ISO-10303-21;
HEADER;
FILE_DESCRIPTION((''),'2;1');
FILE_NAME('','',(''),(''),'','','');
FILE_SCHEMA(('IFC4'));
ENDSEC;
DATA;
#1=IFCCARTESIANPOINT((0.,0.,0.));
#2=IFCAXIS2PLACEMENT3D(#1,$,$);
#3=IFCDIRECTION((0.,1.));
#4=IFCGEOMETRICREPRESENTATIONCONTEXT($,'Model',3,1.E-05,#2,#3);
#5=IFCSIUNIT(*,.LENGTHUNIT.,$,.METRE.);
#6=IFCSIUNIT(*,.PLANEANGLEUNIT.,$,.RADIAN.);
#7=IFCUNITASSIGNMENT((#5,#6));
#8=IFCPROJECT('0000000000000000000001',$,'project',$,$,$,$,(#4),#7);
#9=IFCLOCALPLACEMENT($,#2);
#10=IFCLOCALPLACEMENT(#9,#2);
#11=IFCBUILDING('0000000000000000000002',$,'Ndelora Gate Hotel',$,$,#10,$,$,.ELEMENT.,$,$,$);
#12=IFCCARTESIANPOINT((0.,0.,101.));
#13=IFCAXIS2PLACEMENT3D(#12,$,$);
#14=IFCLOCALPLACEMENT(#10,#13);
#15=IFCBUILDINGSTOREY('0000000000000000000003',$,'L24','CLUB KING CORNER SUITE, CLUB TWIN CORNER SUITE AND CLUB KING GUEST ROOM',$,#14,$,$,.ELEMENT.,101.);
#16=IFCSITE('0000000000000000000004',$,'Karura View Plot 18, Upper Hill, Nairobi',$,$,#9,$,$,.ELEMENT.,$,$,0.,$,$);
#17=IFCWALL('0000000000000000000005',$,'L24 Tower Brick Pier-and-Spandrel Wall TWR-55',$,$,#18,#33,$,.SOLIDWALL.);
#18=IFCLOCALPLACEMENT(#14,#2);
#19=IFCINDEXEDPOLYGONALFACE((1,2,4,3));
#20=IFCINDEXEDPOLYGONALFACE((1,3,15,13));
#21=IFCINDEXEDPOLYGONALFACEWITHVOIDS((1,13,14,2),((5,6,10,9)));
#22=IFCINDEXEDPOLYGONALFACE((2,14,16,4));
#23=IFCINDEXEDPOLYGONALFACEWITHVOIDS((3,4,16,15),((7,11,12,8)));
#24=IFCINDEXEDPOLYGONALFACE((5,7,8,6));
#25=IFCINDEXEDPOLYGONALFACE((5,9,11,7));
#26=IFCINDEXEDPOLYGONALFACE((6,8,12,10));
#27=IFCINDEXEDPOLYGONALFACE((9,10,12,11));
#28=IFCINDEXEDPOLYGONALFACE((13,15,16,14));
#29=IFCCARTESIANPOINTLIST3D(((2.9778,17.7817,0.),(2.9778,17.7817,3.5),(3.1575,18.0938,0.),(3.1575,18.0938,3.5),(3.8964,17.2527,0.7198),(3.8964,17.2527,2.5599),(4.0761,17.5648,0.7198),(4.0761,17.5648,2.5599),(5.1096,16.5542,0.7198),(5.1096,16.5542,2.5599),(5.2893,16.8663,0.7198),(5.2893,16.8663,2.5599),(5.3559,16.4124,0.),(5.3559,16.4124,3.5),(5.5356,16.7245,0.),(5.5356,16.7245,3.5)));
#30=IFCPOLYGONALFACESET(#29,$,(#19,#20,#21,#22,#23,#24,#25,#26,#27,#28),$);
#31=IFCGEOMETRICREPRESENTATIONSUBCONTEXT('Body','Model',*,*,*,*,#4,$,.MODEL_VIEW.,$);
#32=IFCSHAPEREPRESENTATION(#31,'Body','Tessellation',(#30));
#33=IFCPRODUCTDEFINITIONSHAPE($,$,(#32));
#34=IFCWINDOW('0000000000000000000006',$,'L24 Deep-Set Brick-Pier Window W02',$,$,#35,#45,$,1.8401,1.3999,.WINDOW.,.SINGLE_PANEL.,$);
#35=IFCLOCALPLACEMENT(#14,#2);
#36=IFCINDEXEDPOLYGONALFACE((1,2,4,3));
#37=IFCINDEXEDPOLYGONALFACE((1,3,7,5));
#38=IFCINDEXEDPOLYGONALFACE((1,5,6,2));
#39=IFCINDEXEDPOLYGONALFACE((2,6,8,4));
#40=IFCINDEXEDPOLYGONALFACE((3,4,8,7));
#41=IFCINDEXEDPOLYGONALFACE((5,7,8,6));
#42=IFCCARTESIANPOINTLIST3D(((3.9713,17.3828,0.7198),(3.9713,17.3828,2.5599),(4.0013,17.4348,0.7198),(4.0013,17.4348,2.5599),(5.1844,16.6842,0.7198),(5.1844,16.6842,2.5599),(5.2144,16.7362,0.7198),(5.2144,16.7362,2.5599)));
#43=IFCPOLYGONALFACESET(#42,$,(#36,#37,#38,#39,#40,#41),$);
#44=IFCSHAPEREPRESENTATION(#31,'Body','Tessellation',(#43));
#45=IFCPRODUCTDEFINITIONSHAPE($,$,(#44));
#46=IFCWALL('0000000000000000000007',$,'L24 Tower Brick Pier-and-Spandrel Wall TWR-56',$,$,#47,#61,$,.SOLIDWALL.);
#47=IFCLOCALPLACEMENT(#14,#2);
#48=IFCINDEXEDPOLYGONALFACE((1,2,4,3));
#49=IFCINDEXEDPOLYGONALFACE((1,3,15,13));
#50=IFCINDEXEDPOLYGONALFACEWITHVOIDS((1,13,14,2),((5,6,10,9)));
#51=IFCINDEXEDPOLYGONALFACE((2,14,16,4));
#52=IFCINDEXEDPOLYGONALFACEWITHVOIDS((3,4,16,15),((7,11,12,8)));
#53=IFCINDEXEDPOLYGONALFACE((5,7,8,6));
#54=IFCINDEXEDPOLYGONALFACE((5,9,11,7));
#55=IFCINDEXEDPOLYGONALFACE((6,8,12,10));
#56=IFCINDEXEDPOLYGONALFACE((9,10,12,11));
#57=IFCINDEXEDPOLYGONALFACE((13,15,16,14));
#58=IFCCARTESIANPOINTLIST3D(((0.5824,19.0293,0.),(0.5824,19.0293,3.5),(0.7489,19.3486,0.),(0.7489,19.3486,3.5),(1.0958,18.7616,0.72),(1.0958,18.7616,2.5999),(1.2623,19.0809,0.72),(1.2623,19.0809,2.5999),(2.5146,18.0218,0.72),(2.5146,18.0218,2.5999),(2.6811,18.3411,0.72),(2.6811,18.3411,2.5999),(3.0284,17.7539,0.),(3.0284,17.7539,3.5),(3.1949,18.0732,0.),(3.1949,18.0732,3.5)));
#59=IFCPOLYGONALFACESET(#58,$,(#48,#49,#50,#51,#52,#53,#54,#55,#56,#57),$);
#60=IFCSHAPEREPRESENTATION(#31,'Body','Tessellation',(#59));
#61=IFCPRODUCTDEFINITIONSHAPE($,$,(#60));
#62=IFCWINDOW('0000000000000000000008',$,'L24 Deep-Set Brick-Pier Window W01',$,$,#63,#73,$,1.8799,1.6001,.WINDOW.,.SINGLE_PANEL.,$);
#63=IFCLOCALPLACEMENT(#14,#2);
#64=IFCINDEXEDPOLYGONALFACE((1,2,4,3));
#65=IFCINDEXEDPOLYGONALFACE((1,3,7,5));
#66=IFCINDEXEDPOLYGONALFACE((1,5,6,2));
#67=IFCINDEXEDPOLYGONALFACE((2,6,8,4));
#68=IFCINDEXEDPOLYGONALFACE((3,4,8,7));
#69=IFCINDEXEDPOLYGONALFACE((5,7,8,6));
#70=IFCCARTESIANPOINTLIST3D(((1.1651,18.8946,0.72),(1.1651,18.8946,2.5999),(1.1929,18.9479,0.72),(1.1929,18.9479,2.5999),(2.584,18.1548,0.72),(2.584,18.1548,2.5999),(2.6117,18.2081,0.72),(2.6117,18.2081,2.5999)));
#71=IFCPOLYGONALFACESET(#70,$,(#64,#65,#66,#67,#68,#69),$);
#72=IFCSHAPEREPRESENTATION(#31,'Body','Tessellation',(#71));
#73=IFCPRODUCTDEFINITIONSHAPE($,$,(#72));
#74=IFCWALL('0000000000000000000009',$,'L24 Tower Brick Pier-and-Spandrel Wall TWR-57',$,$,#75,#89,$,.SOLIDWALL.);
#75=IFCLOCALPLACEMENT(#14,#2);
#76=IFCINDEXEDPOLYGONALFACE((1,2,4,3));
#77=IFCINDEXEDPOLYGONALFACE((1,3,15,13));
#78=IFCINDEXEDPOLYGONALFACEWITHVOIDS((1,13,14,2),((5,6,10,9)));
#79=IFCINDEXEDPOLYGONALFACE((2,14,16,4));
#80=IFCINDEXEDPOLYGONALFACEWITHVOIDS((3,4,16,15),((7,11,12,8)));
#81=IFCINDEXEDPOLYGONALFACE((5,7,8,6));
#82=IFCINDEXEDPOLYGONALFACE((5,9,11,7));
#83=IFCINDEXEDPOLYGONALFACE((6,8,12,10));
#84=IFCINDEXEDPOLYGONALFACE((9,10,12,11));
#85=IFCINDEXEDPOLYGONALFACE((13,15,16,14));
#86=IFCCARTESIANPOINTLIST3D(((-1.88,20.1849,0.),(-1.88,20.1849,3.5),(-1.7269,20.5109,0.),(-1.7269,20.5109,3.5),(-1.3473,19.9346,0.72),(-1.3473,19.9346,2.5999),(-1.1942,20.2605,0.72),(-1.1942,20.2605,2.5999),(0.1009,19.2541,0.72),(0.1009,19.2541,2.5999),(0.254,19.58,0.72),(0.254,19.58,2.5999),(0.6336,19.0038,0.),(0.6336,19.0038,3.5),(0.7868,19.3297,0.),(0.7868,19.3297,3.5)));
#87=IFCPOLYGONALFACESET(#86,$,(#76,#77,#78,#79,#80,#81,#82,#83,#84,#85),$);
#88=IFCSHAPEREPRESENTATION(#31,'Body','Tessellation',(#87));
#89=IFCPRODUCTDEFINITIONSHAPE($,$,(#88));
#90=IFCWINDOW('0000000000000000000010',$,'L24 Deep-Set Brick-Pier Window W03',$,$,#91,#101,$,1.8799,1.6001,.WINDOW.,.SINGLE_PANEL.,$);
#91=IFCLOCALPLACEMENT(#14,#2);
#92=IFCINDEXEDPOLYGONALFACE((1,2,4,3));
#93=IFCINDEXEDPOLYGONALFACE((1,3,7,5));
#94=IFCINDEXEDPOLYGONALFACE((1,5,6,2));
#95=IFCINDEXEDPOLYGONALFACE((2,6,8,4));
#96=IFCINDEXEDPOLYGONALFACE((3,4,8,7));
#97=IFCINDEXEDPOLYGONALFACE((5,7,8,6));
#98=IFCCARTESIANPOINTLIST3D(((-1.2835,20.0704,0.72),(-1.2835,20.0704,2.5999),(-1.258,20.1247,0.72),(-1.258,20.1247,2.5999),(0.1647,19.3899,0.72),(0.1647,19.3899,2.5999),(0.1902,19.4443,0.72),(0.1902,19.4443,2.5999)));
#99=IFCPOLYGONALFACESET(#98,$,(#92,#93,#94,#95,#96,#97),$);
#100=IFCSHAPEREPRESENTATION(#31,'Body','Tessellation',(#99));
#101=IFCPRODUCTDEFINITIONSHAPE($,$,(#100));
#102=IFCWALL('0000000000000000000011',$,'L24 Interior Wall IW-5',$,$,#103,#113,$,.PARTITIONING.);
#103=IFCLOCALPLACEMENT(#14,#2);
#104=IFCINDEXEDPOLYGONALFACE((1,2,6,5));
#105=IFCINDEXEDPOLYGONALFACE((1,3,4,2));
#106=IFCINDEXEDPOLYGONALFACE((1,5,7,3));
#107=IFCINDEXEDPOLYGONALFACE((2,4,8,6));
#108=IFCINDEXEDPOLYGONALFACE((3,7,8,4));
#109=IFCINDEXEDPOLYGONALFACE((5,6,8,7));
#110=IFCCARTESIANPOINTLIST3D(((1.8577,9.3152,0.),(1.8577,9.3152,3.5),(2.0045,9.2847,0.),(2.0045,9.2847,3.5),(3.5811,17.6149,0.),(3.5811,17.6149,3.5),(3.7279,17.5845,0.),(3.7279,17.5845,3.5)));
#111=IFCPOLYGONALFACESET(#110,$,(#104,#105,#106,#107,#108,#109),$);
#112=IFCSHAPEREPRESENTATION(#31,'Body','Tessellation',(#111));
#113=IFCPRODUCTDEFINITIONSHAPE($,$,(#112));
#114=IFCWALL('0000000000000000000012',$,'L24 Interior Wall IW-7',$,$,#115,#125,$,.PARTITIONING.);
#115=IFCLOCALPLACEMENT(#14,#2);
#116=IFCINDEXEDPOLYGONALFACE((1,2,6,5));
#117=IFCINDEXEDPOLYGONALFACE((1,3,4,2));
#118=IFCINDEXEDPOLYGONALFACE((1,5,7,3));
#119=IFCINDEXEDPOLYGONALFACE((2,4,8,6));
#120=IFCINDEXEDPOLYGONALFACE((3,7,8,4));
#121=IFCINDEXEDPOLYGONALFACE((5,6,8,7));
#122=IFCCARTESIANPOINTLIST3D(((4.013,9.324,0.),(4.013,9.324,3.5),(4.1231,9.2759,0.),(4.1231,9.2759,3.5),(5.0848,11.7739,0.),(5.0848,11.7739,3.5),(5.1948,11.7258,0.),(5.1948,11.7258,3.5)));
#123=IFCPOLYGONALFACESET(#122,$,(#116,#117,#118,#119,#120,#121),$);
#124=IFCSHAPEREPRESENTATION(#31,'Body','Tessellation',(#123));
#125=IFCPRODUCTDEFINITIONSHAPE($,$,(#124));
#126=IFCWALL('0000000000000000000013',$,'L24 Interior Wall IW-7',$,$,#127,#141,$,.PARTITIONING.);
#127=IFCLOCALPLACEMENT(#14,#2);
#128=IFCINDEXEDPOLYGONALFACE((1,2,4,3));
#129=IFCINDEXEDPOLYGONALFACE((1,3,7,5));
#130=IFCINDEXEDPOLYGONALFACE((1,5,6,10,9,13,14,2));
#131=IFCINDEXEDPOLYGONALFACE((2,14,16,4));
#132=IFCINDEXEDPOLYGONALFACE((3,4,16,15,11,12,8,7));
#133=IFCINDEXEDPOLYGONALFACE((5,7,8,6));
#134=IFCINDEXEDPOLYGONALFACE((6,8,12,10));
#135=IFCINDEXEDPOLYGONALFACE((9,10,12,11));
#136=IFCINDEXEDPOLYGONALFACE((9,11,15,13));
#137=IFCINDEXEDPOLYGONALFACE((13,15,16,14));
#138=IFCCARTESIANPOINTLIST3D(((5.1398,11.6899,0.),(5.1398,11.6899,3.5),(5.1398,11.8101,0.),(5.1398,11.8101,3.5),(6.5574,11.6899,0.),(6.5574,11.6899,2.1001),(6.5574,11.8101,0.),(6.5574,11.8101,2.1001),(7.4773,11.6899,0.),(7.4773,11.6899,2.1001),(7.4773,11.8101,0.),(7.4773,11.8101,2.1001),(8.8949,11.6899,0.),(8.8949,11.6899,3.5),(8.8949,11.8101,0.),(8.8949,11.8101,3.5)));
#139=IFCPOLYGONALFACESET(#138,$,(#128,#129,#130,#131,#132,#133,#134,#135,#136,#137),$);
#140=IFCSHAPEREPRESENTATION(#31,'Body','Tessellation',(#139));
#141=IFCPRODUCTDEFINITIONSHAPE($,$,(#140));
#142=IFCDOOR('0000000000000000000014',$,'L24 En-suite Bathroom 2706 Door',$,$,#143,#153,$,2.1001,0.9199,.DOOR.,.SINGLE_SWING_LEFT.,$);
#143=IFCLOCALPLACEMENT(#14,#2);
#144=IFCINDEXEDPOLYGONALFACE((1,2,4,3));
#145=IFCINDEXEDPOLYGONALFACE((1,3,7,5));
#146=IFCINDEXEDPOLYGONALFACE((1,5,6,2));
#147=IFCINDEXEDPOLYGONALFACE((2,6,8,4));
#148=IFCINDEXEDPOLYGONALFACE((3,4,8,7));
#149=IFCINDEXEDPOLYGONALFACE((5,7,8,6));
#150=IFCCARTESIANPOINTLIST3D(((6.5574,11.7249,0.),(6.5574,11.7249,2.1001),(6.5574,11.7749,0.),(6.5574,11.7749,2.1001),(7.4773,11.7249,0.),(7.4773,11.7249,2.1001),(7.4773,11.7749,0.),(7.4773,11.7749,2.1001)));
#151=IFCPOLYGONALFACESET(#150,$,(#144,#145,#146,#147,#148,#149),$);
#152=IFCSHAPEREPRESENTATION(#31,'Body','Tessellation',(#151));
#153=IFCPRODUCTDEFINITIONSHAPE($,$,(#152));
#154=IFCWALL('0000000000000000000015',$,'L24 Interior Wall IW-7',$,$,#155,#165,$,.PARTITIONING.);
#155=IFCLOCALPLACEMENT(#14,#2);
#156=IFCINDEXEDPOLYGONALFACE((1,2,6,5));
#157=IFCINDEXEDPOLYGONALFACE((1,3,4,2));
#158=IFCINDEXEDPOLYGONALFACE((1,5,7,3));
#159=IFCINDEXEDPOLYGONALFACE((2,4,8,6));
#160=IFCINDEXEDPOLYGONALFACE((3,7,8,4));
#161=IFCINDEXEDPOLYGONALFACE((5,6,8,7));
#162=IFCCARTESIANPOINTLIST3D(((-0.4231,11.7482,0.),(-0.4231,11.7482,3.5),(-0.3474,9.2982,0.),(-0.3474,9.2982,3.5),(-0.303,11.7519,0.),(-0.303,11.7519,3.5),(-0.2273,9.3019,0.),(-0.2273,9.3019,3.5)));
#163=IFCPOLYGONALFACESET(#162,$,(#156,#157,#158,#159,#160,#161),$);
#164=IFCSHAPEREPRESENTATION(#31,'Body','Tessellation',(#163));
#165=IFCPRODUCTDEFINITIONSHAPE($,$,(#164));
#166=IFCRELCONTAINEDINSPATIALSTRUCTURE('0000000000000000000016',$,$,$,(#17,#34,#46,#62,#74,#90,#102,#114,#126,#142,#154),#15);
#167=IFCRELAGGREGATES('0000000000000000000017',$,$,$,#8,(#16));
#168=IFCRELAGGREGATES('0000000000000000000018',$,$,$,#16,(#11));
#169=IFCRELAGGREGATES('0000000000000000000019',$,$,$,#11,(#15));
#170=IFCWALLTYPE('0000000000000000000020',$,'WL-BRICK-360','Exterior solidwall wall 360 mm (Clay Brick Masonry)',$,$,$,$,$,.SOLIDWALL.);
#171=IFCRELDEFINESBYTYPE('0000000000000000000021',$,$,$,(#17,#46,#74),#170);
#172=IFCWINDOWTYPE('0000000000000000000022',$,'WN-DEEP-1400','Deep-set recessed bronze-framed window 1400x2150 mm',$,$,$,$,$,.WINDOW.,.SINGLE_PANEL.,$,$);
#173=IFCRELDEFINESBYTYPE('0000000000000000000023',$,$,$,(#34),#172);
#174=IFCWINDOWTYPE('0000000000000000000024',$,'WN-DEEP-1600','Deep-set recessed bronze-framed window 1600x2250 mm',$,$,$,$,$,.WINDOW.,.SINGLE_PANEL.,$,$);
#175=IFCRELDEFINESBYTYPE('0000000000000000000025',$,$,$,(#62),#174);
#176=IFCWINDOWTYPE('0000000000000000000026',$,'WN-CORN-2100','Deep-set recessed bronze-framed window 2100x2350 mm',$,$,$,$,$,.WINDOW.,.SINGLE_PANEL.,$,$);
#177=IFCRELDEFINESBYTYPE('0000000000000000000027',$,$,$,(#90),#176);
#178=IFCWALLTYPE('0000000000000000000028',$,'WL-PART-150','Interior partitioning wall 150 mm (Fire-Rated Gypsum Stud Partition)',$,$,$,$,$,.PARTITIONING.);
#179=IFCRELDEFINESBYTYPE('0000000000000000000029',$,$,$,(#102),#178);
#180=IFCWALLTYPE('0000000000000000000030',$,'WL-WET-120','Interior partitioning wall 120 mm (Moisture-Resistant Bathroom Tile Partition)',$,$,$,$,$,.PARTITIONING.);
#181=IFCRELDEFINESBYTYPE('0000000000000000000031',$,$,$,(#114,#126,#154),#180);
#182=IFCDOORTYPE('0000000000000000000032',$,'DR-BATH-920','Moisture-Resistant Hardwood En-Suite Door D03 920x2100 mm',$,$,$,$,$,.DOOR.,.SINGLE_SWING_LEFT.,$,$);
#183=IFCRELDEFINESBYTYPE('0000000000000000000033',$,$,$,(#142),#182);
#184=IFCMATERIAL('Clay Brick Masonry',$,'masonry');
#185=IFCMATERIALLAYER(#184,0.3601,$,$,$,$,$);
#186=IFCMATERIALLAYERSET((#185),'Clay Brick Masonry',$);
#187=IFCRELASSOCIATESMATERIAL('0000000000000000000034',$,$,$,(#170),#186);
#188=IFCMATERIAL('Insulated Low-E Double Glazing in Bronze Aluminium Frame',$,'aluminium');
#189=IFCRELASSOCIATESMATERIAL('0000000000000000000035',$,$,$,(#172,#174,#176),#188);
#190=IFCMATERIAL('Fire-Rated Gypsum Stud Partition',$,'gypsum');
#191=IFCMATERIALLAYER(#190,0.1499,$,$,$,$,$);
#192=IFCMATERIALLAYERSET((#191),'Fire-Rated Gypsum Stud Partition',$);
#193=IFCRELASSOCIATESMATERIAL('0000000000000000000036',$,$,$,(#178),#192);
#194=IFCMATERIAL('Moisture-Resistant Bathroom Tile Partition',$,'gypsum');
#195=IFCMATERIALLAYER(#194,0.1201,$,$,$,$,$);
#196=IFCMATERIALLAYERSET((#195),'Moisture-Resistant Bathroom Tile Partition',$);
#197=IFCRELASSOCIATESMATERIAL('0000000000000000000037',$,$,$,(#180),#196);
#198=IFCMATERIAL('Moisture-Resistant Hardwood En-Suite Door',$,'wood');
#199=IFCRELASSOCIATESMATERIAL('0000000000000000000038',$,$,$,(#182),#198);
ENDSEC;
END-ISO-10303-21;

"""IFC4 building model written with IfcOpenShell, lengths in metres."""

from ifc_helpers import new_model, si_unit, direction, frame, frame_2d, origin, place, context, subcontext, project, spatial, rectangle, extrude, material, layer, layer_set, type_object, element, fill, save


model = new_model("IFC4")

# Units and contexts
model_context = context("Model", 3, precision=1e-05, world=origin(), true_north=direction((0.0, 1.0)))
body_context = subcontext(model_context, "Body", "Model", "MODEL_VIEW")
ifc_project = project(units=[si_unit("LENGTHUNIT", "METRE"), si_unit("PLANEANGLEUNIT", "RADIAN")], contexts=[model_context])

# Site, building, storey
site_placement = place(None, origin())
site = spatial("IfcSite", under=ifc_project, at=site_placement, Name="Karura View Plot 18, Upper Hill, Nairobi", CompositionType="ELEMENT", RefElevation=0.0)
building_placement = place(site_placement, origin())
building = spatial("IfcBuilding", under=site, at=building_placement, Name="Ndelora Gate Hotel", CompositionType="ELEMENT")
storey_placement = place(building_placement, frame((0.0, 0.0, 101.0)))
storey = spatial("IfcBuildingStorey", under=building, at=storey_placement, Name="L24", Description="CLUB KING CORNER SUITE, CLUB TWIN CORNER SUITE AND CLUB KING GUEST ROOM", CompositionType="ELEMENT", Elevation=101.0)

# Walls, openings, windows
ifc_material_1 = material(Name="Clay Brick Masonry", Category="masonry")
ifc_layer_1 = layer(ifc_material_1, 0.3601)
ifc_layer_set_1 = layer_set([ifc_layer_1], Name="Clay Brick Masonry")
wall_type_1 = type_object("IfcWallType", Name="WL-BRICK-360", Description="Exterior solidwall wall 360 mm (Clay Brick Masonry)", PredefinedType="SOLIDWALL", material=ifc_layer_set_1)
ifc_material_2 = material(Name="Insulated Low-E Double Glazing in Bronze Aluminium Frame", Category="aluminium")
window_type_1 = type_object("IfcWindowType", Name="WN-DEEP-1400", Description="Deep-set recessed bronze-framed window 1400x2150 mm", PartitioningType="SINGLE_PANEL", PredefinedType="WINDOW", material=ifc_material_2)
wall_1_placement = place(storey_placement, frame((3.0676, 17.9377, 0.0), z_axis=(0.0, 0.0, 1.0), x_axis=(0.866601, -0.499001, 0.0)))
wall_1 = element("IfcWall", 1, at=wall_1_placement, inside=storey, type_object=wall_type_1, Name="L24 Tower Brick Pier-and-Spandrel Wall TWR-55", PredefinedType="SOLIDWALL", context=body_context, shape_type="SweptSolid", body=[
    extrude(rectangle(XDim=2.7441, YDim=0.3601, at=frame_2d((1.3721, 0.0))), origin(), (0.0, 0.0, 1.0), 3.5),
])
opening_1_placement = place(wall_1_placement, frame((1.0601, 0.0, 0.72)))
opening_1 = element("IfcOpeningElement", 2, at=opening_1_placement, cuts=wall_1, PredefinedType="OPENING", context=body_context, shape_type="SweptSolid", body=[
    extrude(rectangle(XDim=1.3999, YDim=1.8401, at=frame_2d((0.7, 0.9199))), frame((0.0, 0.1899, 0.0), z_axis=(0.0, -1.0, 0.0), x_axis=(1.0, 0.0, 0.0)), (0.0, 0.0, 1.0), 0.3801),
])
window_1_placement = place(opening_1_placement, origin())
window_1 = element("IfcWindow", 3, at=window_1_placement, inside=storey, type_object=window_type_1, Name="L24 Deep-Set Brick-Pier Window W02", OverallHeight=1.8401, OverallWidth=1.3999, PartitioningType="SINGLE_PANEL", PredefinedType="WINDOW", context=body_context, shape_type="SweptSolid", body=[
    extrude(rectangle(XDim=1.3999, YDim=1.8401, at=frame_2d((0.7, 0.9199))), frame((0.0, 0.03, 0.0), z_axis=(0.0, -1.0, 0.0), x_axis=(1.0, 0.0, 0.0)), (0.0, 0.0, 1.0), 0.0601),
])
fill(opening_1, window_1)
wall_2_placement = place(storey_placement, frame((0.6655, 19.189, 0.0), z_axis=(0.0, 0.0, 1.0), x_axis=(0.886705, -0.462336, 0.0)))
wall_2 = element("IfcWall", 4, at=wall_2_placement, inside=storey, type_object=wall_type_1, Name="L24 Tower Brick Pier-and-Spandrel Wall TWR-56", PredefinedType="SOLIDWALL", context=body_context, shape_type="SweptSolid", body=[
    extrude(rectangle(XDim=2.7585, YDim=0.3601, at=frame_2d((1.3794, 0.0))), origin(), (0.0, 0.0, 1.0), 3.5),
])
opening_2_placement = place(wall_2_placement, frame((0.5791, 0.0, 0.72)))
opening_2 = element("IfcOpeningElement", 5, at=opening_2_placement, cuts=wall_2, PredefinedType="OPENING", context=body_context, shape_type="SweptSolid", body=[
    extrude(rectangle(XDim=1.6001, YDim=1.8799, at=frame_2d((0.8, 0.9399))), frame((0.0, 0.1899, 0.0), z_axis=(0.0, -1.0, 0.0), x_axis=(1.0, 0.0, 0.0)), (0.0, 0.0, 1.0), 0.3801),
])
window_type_2 = type_object("IfcWindowType", Name="WN-DEEP-1600", Description="Deep-set recessed bronze-framed window 1600x2250 mm", PartitioningType="SINGLE_PANEL", PredefinedType="WINDOW", material=ifc_material_2)
window_2_placement = place(opening_2_placement, origin())
window_2 = element("IfcWindow", 6, at=window_2_placement, inside=storey, type_object=window_type_2, Name="L24 Deep-Set Brick-Pier Window W01", OverallHeight=1.8799, OverallWidth=1.6001, PartitioningType="SINGLE_PANEL", PredefinedType="WINDOW", context=body_context, shape_type="SweptSolid", body=[
    extrude(rectangle(XDim=1.6001, YDim=1.8799, at=frame_2d((0.8, 0.9399))), frame((0.0, 0.03, 0.0), z_axis=(0.0, -1.0, 0.0), x_axis=(1.0, 0.0, 0.0)), (0.0, 0.0, 1.0), 0.0601),
])
fill(opening_2, window_2)
wall_3_placement = place(storey_placement, frame((-1.8035, 20.3479, 0.0), z_axis=(0.0, 0.0, 1.0), x_axis=(0.905062, -0.42528, 0.0)))
wall_3 = element("IfcWall", 7, at=wall_3_placement, inside=storey, type_object=wall_type_1, Name="L24 Tower Brick Pier-and-Spandrel Wall TWR-57", PredefinedType="SOLIDWALL", context=body_context, shape_type="SweptSolid", body=[
    extrude(rectangle(XDim=2.7773, YDim=0.3601, at=frame_2d((1.3887, 0.0))), origin(), (0.0, 0.0, 1.0), 3.5),
])
opening_3_placement = place(wall_3_placement, frame((0.5886, 0.0, 0.72)))
opening_3 = element("IfcOpeningElement", 8, at=opening_3_placement, cuts=wall_3, PredefinedType="OPENING", context=body_context, shape_type="SweptSolid", body=[
    extrude(rectangle(XDim=1.6001, YDim=1.8799, at=frame_2d((0.8, 0.9399))), frame((0.0, 0.1899, 0.0), z_axis=(0.0, -1.0, 0.0), x_axis=(1.0, 0.0, 0.0)), (0.0, 0.0, 1.0), 0.3801),
])
window_type_3 = type_object("IfcWindowType", Name="WN-CORN-2100", Description="Deep-set recessed bronze-framed window 2100x2350 mm", PartitioningType="SINGLE_PANEL", PredefinedType="WINDOW", material=ifc_material_2)
window_3_placement = place(opening_3_placement, origin())
window_3 = element("IfcWindow", 9, at=window_3_placement, inside=storey, type_object=window_type_3, Name="L24 Deep-Set Brick-Pier Window W03", OverallHeight=1.8799, OverallWidth=1.6001, PartitioningType="SINGLE_PANEL", PredefinedType="WINDOW", context=body_context, shape_type="SweptSolid", body=[
    extrude(rectangle(XDim=1.6001, YDim=1.8799, at=frame_2d((0.8, 0.9399))), frame((0.0, 0.03, 0.0), z_axis=(0.0, -1.0, 0.0), x_axis=(1.0, 0.0, 0.0)), (0.0, 0.0, 1.0), 0.0601),
])
fill(opening_3, window_3)

# Walls
ifc_material_3 = material(Name="Fire-Rated Gypsum Stud Partition", Category="gypsum")
ifc_layer_2 = layer(ifc_material_3, 0.1499)
ifc_layer_set_2 = layer_set([ifc_layer_2], Name="Fire-Rated Gypsum Stud Partition")
wall_type_2 = type_object("IfcWallType", Name="WL-PART-150", Description="Interior partitioning wall 150 mm (Fire-Rated Gypsum Stud Partition)", PredefinedType="PARTITIONING", material=ifc_layer_set_2)
wall_4_placement = place(storey_placement, frame((1.9312, 9.3, 0.0), z_axis=(0.0, 0.0, 1.0), x_axis=(0.203306, 0.979115, 0.0)))
element("IfcWall", 10, at=wall_4_placement, inside=storey, type_object=wall_type_2, Name="L24 Interior Wall IW-5", PredefinedType="PARTITIONING", context=body_context, shape_type="SweptSolid", body=[
    extrude(rectangle(XDim=8.4768, YDim=0.1499, at=frame_2d((4.2383, 0.0))), origin(), (0.0, 0.0, 1.0), 3.5),
])
ifc_material_4 = material(Name="Moisture-Resistant Bathroom Tile Partition", Category="gypsum")
ifc_layer_3 = layer(ifc_material_4, 0.1201)
ifc_layer_set_3 = layer_set([ifc_layer_3], Name="Moisture-Resistant Bathroom Tile Partition")
wall_type_3 = type_object("IfcWallType", Name="WL-WET-120", Description="Interior partitioning wall 120 mm (Moisture-Resistant Bathroom Tile Partition)", PredefinedType="PARTITIONING", material=ifc_layer_set_3)
wall_5_placement = place(storey_placement, frame((4.0681, 9.3, 0.0), z_axis=(0.0, 0.0, 1.0), x_axis=(0.400795, 0.916168, 0.0)))
element("IfcWall", 11, at=wall_5_placement, inside=storey, type_object=wall_type_3, Name="L24 Interior Wall IW-7", PredefinedType="PARTITIONING", context=body_context, shape_type="SweptSolid", body=[
    extrude(rectangle(XDim=2.6741, YDim=0.1201, at=frame_2d((1.3369, 0.0))), origin(), (0.0, 0.0, 1.0), 3.5),
])

# Wall, opening, door
wall_6_placement = place(storey_placement, frame((5.1399, 11.75, 0.0), z_axis=(0.0, 0.0, 1.0), x_axis=(1.0, 0.0, 0.0)))
wall_6 = element("IfcWall", 12, at=wall_6_placement, inside=storey, type_object=wall_type_3, Name="L24 Interior Wall IW-7", PredefinedType="PARTITIONING", context=body_context, shape_type="SweptSolid", body=[
    extrude(rectangle(XDim=3.7551, YDim=0.1201, at=frame_2d((1.8774, 0.0))), origin(), (0.0, 0.0, 1.0), 3.5),
])
opening_4_placement = place(wall_6_placement, frame((1.4175, 0.0, 0.0)))
opening_4 = element("IfcOpeningElement", 13, at=opening_4_placement, cuts=wall_6, PredefinedType="OPENING", context=body_context, shape_type="SweptSolid", body=[
    extrude(rectangle(XDim=0.9199, YDim=2.1001, at=frame_2d((0.46, 1.05))), frame((0.0, 0.0701, 0.0), z_axis=(0.0, -1.0, 0.0), x_axis=(1.0, 0.0, 0.0)), (0.0, 0.0, 1.0), 0.1401),
])
ifc_material_5 = material(Name="Moisture-Resistant Hardwood En-Suite Door", Category="wood")
door_type = type_object("IfcDoorType", Name="DR-BATH-920", Description="Moisture-Resistant Hardwood En-Suite Door D03 920x2100 mm", OperationType="SINGLE_SWING_LEFT", PredefinedType="DOOR", material=ifc_material_5)
door_1_placement = place(opening_4_placement, origin())
door_1 = element("IfcDoor", 14, at=door_1_placement, inside=storey, type_object=door_type, Name="L24 En-suite Bathroom 2706 Door", OperationType="SINGLE_SWING_LEFT", OverallHeight=2.1001, OverallWidth=0.9199, PredefinedType="DOOR", context=body_context, shape_type="SweptSolid", body=[
    extrude(rectangle(XDim=0.9199, YDim=2.1001, at=frame_2d((0.46, 1.05))), frame((0.0, 0.0249, 0.0), z_axis=(0.0, -1.0, 0.0), x_axis=(1.0, 0.0, 0.0)), (0.0, 0.0, 1.0), 0.05),
])
fill(opening_4, door_1)

# Wall
wall_7_placement = place(storey_placement, frame((-0.2874, 9.3, 0.0), z_axis=(0.0, 0.0, 1.0), x_axis=(-0.030877, 0.999523, 0.0)))
element("IfcWall", 15, at=wall_7_placement, inside=storey, type_object=wall_type_3, Name="L24 Interior Wall IW-7", PredefinedType="PARTITIONING", context=body_context, shape_type="SweptSolid", body=[
    extrude(rectangle(XDim=2.4512, YDim=0.1201, at=frame_2d((1.2256, 0.0))), origin(), (0.0, 0.0, 1.0), 3.5),
])

save(model, "model.ifc")
